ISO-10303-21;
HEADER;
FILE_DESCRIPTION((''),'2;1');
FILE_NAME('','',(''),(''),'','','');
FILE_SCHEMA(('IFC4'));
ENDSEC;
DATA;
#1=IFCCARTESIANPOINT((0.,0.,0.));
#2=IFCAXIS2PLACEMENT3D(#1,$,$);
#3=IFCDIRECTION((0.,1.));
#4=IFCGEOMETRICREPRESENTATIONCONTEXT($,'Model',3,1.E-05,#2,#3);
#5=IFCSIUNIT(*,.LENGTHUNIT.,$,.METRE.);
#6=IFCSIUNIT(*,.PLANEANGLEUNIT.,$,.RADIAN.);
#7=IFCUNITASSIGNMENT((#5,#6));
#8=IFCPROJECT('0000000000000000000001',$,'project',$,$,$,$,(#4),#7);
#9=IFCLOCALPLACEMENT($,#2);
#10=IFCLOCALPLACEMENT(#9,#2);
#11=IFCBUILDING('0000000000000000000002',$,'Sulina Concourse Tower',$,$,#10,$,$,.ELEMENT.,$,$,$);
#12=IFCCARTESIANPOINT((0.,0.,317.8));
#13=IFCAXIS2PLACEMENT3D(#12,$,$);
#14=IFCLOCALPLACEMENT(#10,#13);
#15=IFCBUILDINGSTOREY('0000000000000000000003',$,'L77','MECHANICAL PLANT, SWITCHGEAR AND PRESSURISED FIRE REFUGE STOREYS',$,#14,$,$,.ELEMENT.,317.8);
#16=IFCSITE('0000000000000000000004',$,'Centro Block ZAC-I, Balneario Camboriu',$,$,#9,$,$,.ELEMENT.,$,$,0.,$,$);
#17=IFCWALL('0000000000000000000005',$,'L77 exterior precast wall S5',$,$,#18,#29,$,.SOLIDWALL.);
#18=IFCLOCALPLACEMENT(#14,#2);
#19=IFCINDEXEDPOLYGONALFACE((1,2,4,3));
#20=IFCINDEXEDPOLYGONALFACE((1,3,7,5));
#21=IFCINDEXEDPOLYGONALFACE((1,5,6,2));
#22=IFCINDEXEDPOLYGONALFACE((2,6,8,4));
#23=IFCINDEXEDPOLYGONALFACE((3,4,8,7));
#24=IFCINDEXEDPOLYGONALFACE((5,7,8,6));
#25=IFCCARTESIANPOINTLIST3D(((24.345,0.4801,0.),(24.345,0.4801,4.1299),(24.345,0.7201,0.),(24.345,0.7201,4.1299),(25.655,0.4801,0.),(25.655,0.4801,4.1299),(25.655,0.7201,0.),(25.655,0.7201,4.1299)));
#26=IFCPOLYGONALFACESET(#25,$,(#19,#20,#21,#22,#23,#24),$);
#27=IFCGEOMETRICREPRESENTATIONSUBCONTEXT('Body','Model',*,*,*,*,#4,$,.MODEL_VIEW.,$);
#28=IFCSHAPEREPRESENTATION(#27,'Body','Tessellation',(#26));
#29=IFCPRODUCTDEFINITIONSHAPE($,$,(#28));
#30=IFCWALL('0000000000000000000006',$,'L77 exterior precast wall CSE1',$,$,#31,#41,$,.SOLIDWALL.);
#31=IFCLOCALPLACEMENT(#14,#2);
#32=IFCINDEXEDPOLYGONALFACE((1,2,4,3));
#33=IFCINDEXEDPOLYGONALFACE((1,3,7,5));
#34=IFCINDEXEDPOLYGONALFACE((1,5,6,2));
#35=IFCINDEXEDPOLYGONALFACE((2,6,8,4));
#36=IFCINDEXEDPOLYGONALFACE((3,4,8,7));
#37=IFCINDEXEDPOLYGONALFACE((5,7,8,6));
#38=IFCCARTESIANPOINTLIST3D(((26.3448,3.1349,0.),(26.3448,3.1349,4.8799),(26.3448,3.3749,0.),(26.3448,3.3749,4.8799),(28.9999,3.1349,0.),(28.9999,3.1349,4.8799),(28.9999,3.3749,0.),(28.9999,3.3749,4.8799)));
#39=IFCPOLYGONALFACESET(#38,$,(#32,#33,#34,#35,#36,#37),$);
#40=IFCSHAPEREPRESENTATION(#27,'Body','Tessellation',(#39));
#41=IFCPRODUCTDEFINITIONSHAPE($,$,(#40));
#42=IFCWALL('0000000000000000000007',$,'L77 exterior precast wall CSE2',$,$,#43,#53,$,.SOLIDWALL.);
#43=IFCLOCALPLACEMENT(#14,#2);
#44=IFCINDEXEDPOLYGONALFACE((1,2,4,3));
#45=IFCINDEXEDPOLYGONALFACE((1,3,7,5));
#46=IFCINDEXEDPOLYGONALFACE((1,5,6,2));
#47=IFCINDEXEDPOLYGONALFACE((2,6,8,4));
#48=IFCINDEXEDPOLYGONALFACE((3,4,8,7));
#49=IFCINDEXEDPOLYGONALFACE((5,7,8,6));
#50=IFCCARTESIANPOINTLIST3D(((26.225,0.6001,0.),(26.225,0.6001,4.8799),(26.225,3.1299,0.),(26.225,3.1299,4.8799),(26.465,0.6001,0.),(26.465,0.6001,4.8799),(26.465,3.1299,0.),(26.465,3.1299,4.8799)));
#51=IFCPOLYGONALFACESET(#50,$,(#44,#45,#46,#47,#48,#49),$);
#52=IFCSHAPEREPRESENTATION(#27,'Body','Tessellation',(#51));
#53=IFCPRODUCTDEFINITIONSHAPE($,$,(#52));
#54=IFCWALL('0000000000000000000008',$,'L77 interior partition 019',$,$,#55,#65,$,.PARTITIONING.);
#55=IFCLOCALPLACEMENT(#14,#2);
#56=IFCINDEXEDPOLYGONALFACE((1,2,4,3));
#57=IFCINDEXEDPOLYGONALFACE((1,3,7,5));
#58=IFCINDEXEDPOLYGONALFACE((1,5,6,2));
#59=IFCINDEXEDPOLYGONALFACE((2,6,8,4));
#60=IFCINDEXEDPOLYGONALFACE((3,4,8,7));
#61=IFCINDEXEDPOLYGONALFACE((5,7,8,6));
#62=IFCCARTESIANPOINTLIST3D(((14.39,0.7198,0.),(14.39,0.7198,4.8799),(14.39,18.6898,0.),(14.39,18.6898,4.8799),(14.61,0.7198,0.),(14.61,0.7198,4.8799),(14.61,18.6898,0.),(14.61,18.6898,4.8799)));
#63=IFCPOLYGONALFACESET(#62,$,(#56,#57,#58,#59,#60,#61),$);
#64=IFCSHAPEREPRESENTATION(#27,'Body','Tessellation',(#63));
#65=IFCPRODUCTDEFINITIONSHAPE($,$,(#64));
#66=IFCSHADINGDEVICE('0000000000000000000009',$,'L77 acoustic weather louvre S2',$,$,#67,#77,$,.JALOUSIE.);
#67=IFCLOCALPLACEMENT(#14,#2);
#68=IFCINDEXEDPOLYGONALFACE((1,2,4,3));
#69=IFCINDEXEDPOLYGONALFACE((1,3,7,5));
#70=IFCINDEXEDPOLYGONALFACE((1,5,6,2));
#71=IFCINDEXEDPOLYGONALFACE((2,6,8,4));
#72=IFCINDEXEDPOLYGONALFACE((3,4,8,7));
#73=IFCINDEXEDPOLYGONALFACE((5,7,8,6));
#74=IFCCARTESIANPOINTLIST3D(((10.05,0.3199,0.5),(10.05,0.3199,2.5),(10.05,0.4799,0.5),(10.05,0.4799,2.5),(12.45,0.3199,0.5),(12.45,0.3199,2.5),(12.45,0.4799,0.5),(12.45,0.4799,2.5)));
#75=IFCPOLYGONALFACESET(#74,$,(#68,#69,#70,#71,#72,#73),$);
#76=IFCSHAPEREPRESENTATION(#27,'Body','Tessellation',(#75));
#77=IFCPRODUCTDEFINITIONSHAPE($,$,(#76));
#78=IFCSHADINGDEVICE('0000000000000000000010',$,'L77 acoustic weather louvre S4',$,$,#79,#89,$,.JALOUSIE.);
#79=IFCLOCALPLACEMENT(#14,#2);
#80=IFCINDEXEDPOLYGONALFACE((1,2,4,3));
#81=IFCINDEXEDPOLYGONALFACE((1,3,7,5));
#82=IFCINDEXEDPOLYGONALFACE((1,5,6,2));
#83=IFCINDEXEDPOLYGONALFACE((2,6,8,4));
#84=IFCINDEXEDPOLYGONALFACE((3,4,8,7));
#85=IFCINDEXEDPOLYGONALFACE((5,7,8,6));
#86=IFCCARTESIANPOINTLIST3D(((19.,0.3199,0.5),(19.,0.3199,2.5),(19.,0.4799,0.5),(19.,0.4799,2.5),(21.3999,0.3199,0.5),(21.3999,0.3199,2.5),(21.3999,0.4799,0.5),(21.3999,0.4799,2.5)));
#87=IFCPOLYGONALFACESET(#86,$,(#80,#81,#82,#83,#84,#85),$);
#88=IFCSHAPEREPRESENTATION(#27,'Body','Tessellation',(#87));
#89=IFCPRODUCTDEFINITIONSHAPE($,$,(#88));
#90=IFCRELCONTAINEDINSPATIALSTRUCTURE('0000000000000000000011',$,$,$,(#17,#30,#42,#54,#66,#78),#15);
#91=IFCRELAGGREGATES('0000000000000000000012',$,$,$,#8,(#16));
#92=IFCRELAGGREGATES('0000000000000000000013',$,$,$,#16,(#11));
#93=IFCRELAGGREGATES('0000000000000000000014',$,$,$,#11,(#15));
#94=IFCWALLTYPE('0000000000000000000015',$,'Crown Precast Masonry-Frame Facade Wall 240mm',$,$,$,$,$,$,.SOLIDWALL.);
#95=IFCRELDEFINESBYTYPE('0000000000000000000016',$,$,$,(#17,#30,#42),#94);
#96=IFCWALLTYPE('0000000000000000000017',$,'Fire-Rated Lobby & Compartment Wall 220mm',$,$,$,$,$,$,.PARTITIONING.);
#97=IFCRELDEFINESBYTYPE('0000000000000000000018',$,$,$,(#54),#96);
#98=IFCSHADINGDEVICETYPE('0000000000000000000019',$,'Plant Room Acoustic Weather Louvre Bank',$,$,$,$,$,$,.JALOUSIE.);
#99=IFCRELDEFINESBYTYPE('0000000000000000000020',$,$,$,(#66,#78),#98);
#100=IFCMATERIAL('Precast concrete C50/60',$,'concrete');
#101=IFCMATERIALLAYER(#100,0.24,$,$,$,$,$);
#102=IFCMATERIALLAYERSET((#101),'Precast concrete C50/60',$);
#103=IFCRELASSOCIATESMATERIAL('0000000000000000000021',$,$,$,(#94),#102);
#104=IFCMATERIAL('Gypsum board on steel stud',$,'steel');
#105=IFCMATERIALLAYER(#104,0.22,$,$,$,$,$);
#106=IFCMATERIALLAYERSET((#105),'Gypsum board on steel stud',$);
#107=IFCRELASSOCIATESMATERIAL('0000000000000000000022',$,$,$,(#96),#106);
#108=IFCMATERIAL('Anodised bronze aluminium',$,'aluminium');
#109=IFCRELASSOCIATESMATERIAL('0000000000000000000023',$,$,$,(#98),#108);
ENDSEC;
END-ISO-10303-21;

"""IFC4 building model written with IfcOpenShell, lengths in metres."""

from ifc_helpers import new_model, si_unit, direction, frame, frame_2d, origin, origin_2d, place, context, subcontext, project, spatial, rectangle, extrude, material, layer, layer_set, type_object, element, save


model = new_model("IFC4")

# Units and contexts
model_context = context("Model", 3, precision=1e-05, world=origin(), true_north=direction((0.0, 1.0)))
body_context = subcontext(model_context, "Body", "Model", "MODEL_VIEW")
ifc_project = project(units=[si_unit("LENGTHUNIT", "METRE"), si_unit("PLANEANGLEUNIT", "RADIAN")], contexts=[model_context])

# Site, building, storey
site_placement = place(None, origin())
site = spatial("IfcSite", under=ifc_project, at=site_placement, Name="Centro Block ZAC-I, Balneario Camboriu", CompositionType="ELEMENT", RefElevation=0.0)
building_placement = place(site_placement, origin())
building = spatial("IfcBuilding", under=site, at=building_placement, Name="Sulina Concourse Tower", CompositionType="ELEMENT")
storey_placement = place(building_placement, frame((0.0, 0.0, 317.8)))
storey = spatial("IfcBuildingStorey", under=building, at=storey_placement, Name="L77", Description="MECHANICAL PLANT, SWITCHGEAR AND PRESSURISED FIRE REFUGE STOREYS", CompositionType="ELEMENT", Elevation=317.8)

# Walls
ifc_material_1 = material(Name="Precast concrete C50/60", Category="concrete")
ifc_layer_1 = layer(ifc_material_1, 0.24)
ifc_layer_set_1 = layer_set([ifc_layer_1], Name="Precast concrete C50/60")
wall_type_1 = type_object("IfcWallType", Name="Crown Precast Masonry-Frame Facade Wall 240mm", PredefinedType="SOLIDWALL", material=ifc_layer_set_1)
wall_1_placement = place(storey_placement, frame((25.655, 0.6001, 0.0), z_axis=(0.0, 0.0, 1.0), x_axis=(-1.0, 0.0, 0.0)))
element("IfcWall", 1, at=wall_1_placement, inside=storey, type_object=wall_type_1, Name="L77 exterior precast wall S5", PredefinedType="SOLIDWALL", context=body_context, shape_type="SweptSolid", body=[
    extrude(rectangle(XDim=1.3101, YDim=0.24, at=frame_2d((0.655, 0.0))), origin(), (0.0, 0.0, 1.0), 4.1299),
])
wall_2_placement = place(storey_placement, frame((29.0, 3.2549, 0.0), z_axis=(0.0, 0.0, 1.0), x_axis=(-1.0, 0.0, 0.0)))
element("IfcWall", 2, at=wall_2_placement, inside=storey, type_object=wall_type_1, Name="L77 exterior precast wall CSE1", PredefinedType="SOLIDWALL", context=body_context, shape_type="SweptSolid", body=[
    extrude(rectangle(XDim=2.655, YDim=0.24, at=frame_2d((1.3276, 0.0))), origin(), (0.0, 0.0, 1.0), 4.8799),
])
wall_3_placement = place(storey_placement, frame((26.345, 3.1299, 0.0), z_axis=(0.0, 0.0, 1.0), x_axis=(0.0, -1.0, 0.0)))
element("IfcWall", 3, at=wall_3_placement, inside=storey, type_object=wall_type_1, Name="L77 exterior precast wall CSE2", PredefinedType="SOLIDWALL", context=body_context, shape_type="SweptSolid", body=[
    extrude(rectangle(XDim=2.5298, YDim=0.24, at=frame_2d((1.2649, 0.0))), origin(), (0.0, 0.0, 1.0), 4.8799),
])
ifc_material_2 = material(Name="Gypsum board on steel stud", Category="steel")
ifc_layer_2 = layer(ifc_material_2, 0.22)
ifc_layer_set_2 = layer_set([ifc_layer_2], Name="Gypsum board on steel stud")
wall_type_2 = type_object("IfcWallType", Name="Fire-Rated Lobby & Compartment Wall 220mm", PredefinedType="PARTITIONING", material=ifc_layer_set_2)
wall_4_placement = place(storey_placement, frame((14.5, 0.72, 0.0), z_axis=(0.0, 0.0, 1.0), x_axis=(0.0, 1.0, 0.0)))
element("IfcWall", 4, at=wall_4_placement, inside=storey, type_object=wall_type_2, Name="L77 interior partition 019", PredefinedType="PARTITIONING", context=body_context, shape_type="SweptSolid", body=[
    extrude(rectangle(XDim=17.97, YDim=0.22, at=frame_2d((8.9849, 0.0))), origin(), (0.0, 0.0, 1.0), 4.8799),
])

# Shading devices
ifc_material_3 = material(Name="Anodised bronze aluminium", Category="aluminium")
shading_device_type = type_object("IfcShadingDeviceType", Name="Plant Room Acoustic Weather Louvre Bank", PredefinedType="JALOUSIE", material=ifc_material_3)
for number, where, z_axis, x_axis, name in (
    (5, (11.25, 0.3999, 0.5), (0.0, 0.0, 1.0), (1.0, 0.0, 0.0), "L77 acoustic weather louvre S2"),
    (6, (20.2, 0.3999, 0.5), (0.0, 0.0, 1.0), (1.0, 0.0, 0.0), "L77 acoustic weather louvre S4"),
):
    element("IfcShadingDevice", number, at=place(storey_placement, frame(where, z_axis=z_axis, x_axis=x_axis)), inside=storey, type_object=shading_device_type, Name=name, PredefinedType="JALOUSIE", context=body_context, shape_type="SweptSolid", body=[
        extrude(rectangle(XDim=2.3999, YDim=0.1599, at=origin_2d()), origin(), (0.0, 0.0, 1.0), 2.0),
    ])

save(model, "model.ifc")
